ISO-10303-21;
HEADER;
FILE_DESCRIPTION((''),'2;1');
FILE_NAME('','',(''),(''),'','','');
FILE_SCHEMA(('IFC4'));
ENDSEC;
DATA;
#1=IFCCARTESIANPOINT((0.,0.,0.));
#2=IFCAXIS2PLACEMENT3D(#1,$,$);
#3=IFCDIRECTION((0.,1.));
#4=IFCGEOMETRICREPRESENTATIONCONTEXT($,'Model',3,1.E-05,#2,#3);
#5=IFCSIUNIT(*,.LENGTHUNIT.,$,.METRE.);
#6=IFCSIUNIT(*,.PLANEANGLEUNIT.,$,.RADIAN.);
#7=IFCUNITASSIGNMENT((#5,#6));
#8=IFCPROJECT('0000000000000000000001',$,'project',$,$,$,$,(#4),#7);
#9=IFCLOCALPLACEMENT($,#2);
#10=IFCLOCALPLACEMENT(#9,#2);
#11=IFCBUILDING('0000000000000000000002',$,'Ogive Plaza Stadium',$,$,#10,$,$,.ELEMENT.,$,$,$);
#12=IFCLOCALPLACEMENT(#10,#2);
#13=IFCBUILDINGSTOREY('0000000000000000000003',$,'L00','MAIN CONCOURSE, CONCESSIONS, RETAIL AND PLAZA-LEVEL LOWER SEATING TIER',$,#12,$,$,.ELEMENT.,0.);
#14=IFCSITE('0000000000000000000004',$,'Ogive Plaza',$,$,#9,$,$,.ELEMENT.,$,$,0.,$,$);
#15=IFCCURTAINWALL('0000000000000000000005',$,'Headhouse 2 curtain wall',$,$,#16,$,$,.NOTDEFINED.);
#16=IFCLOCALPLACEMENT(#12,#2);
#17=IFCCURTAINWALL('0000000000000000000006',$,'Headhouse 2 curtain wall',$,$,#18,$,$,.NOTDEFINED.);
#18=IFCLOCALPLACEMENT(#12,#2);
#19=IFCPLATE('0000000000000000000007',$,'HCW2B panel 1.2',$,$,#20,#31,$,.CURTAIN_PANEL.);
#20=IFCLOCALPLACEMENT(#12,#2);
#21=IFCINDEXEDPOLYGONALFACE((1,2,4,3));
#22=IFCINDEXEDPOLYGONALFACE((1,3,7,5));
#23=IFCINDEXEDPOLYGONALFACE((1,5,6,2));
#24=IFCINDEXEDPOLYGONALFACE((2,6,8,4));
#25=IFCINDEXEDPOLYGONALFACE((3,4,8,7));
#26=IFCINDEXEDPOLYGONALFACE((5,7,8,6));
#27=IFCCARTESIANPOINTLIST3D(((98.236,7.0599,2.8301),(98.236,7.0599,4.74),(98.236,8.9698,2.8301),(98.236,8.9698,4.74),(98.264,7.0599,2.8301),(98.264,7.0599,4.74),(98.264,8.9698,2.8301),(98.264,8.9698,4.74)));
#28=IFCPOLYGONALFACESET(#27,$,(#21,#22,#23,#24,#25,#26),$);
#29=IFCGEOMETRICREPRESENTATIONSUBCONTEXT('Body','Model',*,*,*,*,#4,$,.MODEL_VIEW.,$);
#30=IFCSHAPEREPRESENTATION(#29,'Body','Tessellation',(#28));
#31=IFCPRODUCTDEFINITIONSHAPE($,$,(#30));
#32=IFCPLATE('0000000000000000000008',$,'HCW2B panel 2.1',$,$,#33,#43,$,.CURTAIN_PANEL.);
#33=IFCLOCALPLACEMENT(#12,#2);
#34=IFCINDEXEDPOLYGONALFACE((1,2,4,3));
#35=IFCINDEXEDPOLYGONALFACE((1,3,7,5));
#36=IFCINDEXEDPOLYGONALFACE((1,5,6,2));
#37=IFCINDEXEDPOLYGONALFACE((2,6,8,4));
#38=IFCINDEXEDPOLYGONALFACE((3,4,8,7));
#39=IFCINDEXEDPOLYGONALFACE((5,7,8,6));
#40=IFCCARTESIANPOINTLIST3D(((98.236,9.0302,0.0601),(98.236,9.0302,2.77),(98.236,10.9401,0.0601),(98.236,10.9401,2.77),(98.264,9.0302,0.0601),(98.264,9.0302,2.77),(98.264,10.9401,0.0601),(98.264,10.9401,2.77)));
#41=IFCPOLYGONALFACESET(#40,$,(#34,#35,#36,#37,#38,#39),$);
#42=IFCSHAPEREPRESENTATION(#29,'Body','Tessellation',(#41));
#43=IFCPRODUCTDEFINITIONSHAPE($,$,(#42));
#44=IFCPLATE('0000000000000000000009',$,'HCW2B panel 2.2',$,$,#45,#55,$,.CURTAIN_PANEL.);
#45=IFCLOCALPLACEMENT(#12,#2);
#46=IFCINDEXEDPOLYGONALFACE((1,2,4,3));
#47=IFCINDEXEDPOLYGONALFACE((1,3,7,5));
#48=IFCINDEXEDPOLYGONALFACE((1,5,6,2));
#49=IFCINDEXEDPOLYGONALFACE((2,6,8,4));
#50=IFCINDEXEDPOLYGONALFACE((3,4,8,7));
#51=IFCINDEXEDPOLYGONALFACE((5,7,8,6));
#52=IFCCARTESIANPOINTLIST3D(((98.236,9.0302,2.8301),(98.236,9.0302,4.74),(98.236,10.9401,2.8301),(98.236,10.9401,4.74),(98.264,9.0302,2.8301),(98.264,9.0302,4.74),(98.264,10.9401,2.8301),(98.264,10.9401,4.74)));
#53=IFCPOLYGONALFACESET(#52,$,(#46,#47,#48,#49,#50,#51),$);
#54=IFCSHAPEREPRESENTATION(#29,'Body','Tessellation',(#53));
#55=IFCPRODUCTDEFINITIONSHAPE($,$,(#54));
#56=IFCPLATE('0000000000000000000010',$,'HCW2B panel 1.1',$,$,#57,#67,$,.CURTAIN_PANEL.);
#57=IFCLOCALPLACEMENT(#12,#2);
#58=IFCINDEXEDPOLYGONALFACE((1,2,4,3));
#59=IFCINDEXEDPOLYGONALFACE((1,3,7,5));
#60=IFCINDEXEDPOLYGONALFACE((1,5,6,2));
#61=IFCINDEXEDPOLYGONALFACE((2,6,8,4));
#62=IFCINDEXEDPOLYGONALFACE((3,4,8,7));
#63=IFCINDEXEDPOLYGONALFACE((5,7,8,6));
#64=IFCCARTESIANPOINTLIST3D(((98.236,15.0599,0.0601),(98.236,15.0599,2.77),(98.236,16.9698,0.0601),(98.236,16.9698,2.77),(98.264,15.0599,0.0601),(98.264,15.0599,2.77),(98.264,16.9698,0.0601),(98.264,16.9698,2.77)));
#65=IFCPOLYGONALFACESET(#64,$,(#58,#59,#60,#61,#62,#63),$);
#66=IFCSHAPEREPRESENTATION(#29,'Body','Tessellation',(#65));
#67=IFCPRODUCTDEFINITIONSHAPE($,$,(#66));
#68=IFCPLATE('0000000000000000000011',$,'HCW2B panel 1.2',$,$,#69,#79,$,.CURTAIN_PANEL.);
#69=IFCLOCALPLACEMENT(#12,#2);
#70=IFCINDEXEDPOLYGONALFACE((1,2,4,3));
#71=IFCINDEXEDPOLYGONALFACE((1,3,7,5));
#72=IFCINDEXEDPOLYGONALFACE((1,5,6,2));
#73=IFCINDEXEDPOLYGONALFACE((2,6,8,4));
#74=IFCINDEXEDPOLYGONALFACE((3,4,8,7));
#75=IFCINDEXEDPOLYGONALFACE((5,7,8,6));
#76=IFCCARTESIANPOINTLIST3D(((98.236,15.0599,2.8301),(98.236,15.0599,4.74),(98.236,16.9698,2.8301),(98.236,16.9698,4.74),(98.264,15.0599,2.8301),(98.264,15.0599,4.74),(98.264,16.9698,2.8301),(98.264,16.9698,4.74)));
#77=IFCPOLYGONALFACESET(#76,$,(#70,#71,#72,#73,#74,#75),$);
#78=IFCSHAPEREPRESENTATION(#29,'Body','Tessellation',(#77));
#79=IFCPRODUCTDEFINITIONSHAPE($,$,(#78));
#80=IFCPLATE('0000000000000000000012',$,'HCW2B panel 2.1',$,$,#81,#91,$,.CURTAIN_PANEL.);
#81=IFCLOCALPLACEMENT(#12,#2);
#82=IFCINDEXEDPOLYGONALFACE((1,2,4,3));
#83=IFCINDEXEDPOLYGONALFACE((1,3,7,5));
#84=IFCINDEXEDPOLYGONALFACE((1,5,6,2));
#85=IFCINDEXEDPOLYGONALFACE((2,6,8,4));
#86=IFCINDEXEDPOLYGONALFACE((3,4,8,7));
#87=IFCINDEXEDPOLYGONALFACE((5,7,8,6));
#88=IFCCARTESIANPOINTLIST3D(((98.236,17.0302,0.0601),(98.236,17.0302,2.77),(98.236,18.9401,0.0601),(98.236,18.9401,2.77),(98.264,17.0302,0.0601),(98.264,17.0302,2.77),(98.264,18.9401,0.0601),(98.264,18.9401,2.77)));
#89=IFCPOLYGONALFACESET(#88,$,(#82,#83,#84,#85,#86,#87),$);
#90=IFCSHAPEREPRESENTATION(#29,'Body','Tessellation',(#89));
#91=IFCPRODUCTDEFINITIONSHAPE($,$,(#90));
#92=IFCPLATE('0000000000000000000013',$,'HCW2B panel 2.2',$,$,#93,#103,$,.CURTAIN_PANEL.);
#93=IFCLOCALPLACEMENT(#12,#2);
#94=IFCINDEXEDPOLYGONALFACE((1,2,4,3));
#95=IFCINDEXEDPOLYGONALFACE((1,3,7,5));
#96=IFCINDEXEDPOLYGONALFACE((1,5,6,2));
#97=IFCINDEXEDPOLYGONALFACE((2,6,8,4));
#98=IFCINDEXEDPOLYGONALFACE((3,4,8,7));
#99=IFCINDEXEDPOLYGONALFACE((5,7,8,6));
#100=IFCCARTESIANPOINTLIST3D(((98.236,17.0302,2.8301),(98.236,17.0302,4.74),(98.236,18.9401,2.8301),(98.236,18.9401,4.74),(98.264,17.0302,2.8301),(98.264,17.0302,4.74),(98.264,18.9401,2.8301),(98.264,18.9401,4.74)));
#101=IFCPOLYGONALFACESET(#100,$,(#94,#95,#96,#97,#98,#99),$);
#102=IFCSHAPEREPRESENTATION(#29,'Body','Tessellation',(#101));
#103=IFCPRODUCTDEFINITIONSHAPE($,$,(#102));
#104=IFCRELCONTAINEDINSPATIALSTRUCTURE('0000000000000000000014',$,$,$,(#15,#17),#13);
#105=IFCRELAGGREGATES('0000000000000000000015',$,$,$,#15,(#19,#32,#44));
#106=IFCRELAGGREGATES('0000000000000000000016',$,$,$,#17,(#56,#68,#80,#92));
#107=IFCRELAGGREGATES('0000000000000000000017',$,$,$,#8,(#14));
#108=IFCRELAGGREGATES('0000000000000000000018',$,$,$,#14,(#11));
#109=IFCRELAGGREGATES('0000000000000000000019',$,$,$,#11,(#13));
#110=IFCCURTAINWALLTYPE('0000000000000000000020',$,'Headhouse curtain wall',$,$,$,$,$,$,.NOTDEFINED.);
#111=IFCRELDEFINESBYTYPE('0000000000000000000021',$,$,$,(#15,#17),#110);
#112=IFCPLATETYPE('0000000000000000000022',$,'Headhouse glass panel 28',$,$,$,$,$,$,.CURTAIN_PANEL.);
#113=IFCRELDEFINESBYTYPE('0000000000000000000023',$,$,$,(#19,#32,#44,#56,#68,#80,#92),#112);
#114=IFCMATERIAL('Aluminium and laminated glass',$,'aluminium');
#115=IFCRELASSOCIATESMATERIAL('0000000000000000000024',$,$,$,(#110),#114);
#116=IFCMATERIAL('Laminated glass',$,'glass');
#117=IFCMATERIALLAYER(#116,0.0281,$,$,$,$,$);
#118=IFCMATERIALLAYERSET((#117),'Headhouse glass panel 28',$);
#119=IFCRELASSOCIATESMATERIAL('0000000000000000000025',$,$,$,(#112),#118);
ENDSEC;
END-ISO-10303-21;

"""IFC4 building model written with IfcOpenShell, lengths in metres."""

from ifc_helpers import new_model, si_unit, direction, frame, origin, origin_2d, place, context, subcontext, project, spatial, rectangle, extrude, material, layer, layer_set, type_object, element, aggregate, save


model = new_model("IFC4")

# Units and contexts
model_context = context("Model", 3, precision=1e-05, world=origin(), true_north=direction((0.0, 1.0)))
body_context = subcontext(model_context, "Body", "Model", "MODEL_VIEW")
ifc_project = project(units=[si_unit("LENGTHUNIT", "METRE"), si_unit("PLANEANGLEUNIT", "RADIAN")], contexts=[model_context])

# Site, building, storey
site_placement = place(None, origin())
site = spatial("IfcSite", under=ifc_project, at=site_placement, Name="Ogive Plaza", CompositionType="ELEMENT", RefElevation=0.0)
building_placement = place(site_placement, origin())
building = spatial("IfcBuilding", under=site, at=building_placement, Name="Ogive Plaza Stadium", CompositionType="ELEMENT")
storey_placement = place(building_placement, origin())
storey = spatial("IfcBuildingStorey", under=building, at=storey_placement, Name="L00", Description="MAIN CONCOURSE, CONCESSIONS, RETAIL AND PLAZA-LEVEL LOWER SEATING TIER", CompositionType="ELEMENT", Elevation=0.0)

# Shared definitions
ifc_material_1 = material(Name="Aluminium and laminated glass", Category="aluminium")
curtain_wall_type = type_object("IfcCurtainWallType", Name="Headhouse curtain wall", PredefinedType="NOTDEFINED", material=ifc_material_1)

# Curtain walls
curtain_wall_1_placement = place(storey_placement, origin())
curtain_wall_1 = element("IfcCurtainWall", 1, at=curtain_wall_1_placement, inside=storey, type_object=curtain_wall_type, Name="Headhouse 2 curtain wall", PredefinedType="NOTDEFINED")
curtain_wall_2_placement = place(storey_placement, origin())
curtain_wall_2 = element("IfcCurtainWall", 2, at=curtain_wall_2_placement, inside=storey, type_object=curtain_wall_type, Name="Headhouse 2 curtain wall", PredefinedType="NOTDEFINED")

# Plates
ifc_material_2 = material(Name="Laminated glass", Category="glass")
ifc_layer_1 = layer(ifc_material_2, 0.0281)
ifc_layer_set_1 = layer_set([ifc_layer_1], Name="Headhouse glass panel 28")
plate_type = type_object("IfcPlateType", Name="Headhouse glass panel 28", PredefinedType="CURTAIN_PANEL", material=ifc_layer_set_1)
plate_1_placement = place(storey_placement, frame((98.25, 8.0149, 2.8301), z_axis=(0.0, 0.0, 1.0), x_axis=(0.0, 1.0, 0.0)))
plate_1 = element("IfcPlate", 3, at=plate_1_placement, type_object=plate_type, Name="HCW2B panel 1.2", PredefinedType="CURTAIN_PANEL", context=body_context, shape_type="SweptSolid", body=[
    extrude(rectangle(XDim=1.9099, YDim=0.0281, at=origin_2d()), origin(), (0.0, 0.0, 1.0), 1.9099),
])
plate_2_placement = place(storey_placement, frame((98.25, 9.9851, 0.0601), z_axis=(0.0, 0.0, 1.0), x_axis=(0.0, 1.0, 0.0)))
plate_2 = element("IfcPlate", 4, at=plate_2_placement, type_object=plate_type, Name="HCW2B panel 2.1", PredefinedType="CURTAIN_PANEL", context=body_context, shape_type="SweptSolid", body=[
    extrude(rectangle(XDim=1.9099, YDim=0.0281, at=origin_2d()), origin(), (0.0, 0.0, 1.0), 2.71),
])
plate_3_placement = place(storey_placement, frame((98.25, 9.9851, 2.8301), z_axis=(0.0, 0.0, 1.0), x_axis=(0.0, 1.0, 0.0)))
plate_3 = element("IfcPlate", 5, at=plate_3_placement, type_object=plate_type, Name="HCW2B panel 2.2", PredefinedType="CURTAIN_PANEL", context=body_context, shape_type="SweptSolid", body=[
    extrude(rectangle(XDim=1.9099, YDim=0.0281, at=origin_2d()), origin(), (0.0, 0.0, 1.0), 1.9099),
])
aggregate(curtain_wall_1, [plate_1, plate_2, plate_3])
plate_4_placement = place(storey_placement, frame((98.25, 16.0149, 0.0601), z_axis=(0.0, 0.0, 1.0), x_axis=(0.0, 1.0, 0.0)))
plate_4 = element("IfcPlate", 6, at=plate_4_placement, type_object=plate_type, Name="HCW2B panel 1.1", PredefinedType="CURTAIN_PANEL", context=body_context, shape_type="SweptSolid", body=[
    extrude(rectangle(XDim=1.9099, YDim=0.0281, at=origin_2d()), origin(), (0.0, 0.0, 1.0), 2.71),
])
plate_5_placement = place(storey_placement, frame((98.25, 16.0149, 2.8301), z_axis=(0.0, 0.0, 1.0), x_axis=(0.0, 1.0, 0.0)))
plate_5 = element("IfcPlate", 7, at=plate_5_placement, type_object=plate_type, Name="HCW2B panel 1.2", PredefinedType="CURTAIN_PANEL", context=body_context, shape_type="SweptSolid", body=[
    extrude(rectangle(XDim=1.9099, YDim=0.0281, at=origin_2d()), origin(), (0.0, 0.0, 1.0), 1.9099),
])
plate_6_placement = place(storey_placement, frame((98.25, 17.9851, 0.0601), z_axis=(0.0, 0.0, 1.0), x_axis=(0.0, 1.0, 0.0)))
plate_6 = element("IfcPlate", 8, at=plate_6_placement, type_object=plate_type, Name="HCW2B panel 2.1", PredefinedType="CURTAIN_PANEL", context=body_context, shape_type="SweptSolid", body=[
    extrude(rectangle(XDim=1.9099, YDim=0.0281, at=origin_2d()), origin(), (0.0, 0.0, 1.0), 2.71),
])
plate_7_placement = place(storey_placement, frame((98.25, 17.9851, 2.8301), z_axis=(0.0, 0.0, 1.0), x_axis=(0.0, 1.0, 0.0)))
plate_7 = element("IfcPlate", 9, at=plate_7_placement, type_object=plate_type, Name="HCW2B panel 2.2", PredefinedType="CURTAIN_PANEL", context=body_context, shape_type="SweptSolid", body=[
    extrude(rectangle(XDim=1.9099, YDim=0.0281, at=origin_2d()), origin(), (0.0, 0.0, 1.0), 1.9099),
])
aggregate(curtain_wall_2, [plate_4, plate_5, plate_6, plate_7])

save(model, "model.ifc")
